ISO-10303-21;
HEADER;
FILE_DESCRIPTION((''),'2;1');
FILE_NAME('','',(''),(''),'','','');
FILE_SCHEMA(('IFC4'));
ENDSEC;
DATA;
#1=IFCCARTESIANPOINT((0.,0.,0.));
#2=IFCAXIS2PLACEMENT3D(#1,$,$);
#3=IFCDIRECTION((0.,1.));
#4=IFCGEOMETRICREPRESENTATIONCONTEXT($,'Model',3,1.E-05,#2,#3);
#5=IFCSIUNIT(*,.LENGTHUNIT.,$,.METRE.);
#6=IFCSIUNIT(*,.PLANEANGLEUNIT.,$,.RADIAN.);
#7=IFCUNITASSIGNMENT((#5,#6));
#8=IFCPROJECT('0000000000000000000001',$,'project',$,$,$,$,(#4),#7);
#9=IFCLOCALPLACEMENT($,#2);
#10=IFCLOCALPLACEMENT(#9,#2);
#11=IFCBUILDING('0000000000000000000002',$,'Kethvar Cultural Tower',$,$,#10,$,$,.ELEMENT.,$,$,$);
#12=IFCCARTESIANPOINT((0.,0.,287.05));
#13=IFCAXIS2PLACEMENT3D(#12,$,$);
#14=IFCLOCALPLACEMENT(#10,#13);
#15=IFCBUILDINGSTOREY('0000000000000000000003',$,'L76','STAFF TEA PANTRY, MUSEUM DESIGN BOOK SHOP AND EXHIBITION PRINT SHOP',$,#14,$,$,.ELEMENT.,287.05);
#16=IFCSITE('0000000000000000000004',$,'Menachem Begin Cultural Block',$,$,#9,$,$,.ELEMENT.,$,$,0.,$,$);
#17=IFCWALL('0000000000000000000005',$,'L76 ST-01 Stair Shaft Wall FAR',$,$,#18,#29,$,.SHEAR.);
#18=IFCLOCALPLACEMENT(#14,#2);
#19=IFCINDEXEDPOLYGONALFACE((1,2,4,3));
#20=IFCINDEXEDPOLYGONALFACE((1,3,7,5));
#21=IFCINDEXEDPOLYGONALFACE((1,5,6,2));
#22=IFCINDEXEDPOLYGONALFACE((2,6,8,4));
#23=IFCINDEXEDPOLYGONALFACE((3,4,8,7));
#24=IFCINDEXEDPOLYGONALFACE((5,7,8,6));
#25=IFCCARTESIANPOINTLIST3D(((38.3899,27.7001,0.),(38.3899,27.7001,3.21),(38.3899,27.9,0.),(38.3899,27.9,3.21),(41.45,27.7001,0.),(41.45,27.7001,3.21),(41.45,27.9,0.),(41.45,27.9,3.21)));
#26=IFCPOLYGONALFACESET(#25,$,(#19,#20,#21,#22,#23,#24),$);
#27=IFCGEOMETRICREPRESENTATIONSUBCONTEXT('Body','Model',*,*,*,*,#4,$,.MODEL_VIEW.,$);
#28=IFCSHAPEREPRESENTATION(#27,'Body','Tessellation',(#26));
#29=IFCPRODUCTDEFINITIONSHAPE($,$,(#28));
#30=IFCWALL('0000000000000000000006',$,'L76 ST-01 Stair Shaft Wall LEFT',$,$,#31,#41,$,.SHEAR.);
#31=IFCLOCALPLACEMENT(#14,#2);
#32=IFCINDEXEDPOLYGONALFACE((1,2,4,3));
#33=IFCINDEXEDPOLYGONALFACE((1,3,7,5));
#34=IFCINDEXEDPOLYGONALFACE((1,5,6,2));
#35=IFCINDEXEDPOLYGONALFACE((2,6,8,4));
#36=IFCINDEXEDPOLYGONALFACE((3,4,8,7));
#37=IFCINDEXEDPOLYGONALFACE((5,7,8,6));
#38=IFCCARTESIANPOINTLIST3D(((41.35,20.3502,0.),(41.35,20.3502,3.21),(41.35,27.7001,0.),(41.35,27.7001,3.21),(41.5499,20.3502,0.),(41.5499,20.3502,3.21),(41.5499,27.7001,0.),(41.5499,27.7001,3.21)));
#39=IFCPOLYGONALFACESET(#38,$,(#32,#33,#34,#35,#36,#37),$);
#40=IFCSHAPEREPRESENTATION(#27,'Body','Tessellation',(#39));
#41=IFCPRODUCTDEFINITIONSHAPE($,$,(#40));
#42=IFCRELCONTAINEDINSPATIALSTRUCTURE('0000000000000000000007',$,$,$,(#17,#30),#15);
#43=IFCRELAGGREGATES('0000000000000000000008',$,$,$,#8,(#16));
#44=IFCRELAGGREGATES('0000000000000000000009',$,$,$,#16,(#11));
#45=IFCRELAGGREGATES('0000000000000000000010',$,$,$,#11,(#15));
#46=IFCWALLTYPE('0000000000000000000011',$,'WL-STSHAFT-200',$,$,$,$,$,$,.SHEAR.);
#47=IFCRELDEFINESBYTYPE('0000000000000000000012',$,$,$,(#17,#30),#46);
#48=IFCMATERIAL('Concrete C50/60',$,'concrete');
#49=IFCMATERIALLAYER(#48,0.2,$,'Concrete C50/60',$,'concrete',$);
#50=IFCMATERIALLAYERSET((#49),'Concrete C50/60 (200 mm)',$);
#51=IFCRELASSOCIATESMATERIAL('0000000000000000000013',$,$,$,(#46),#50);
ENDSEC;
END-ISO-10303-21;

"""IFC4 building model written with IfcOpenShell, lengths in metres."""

from ifc_helpers import new_model, si_unit, direction, frame, frame_2d, origin, place, context, subcontext, project, spatial, rectangle, extrude, material, layer, layer_set, type_object, element, save


model = new_model("IFC4")

# Units and contexts
model_context = context("Model", 3, precision=1e-05, world=origin(), true_north=direction((0.0, 1.0)))
body_context = subcontext(model_context, "Body", "Model", "MODEL_VIEW")
ifc_project = project(units=[si_unit("LENGTHUNIT", "METRE"), si_unit("PLANEANGLEUNIT", "RADIAN")], contexts=[model_context])

# Site, building, storey
site_placement = place(None, origin())
site = spatial("IfcSite", under=ifc_project, at=site_placement, Name="Menachem Begin Cultural Block", CompositionType="ELEMENT", RefElevation=0.0)
building_placement = place(site_placement, origin())
building = spatial("IfcBuilding", under=site, at=building_placement, Name="Kethvar Cultural Tower", CompositionType="ELEMENT")
storey_placement = place(building_placement, frame((0.0, 0.0, 287.05)))
storey = spatial("IfcBuildingStorey", under=building, at=storey_placement, Name="L76", Description="STAFF TEA PANTRY, MUSEUM DESIGN BOOK SHOP AND EXHIBITION PRINT SHOP", CompositionType="ELEMENT", Elevation=287.05)

# Shared definitions
ifc_material_1 = material(Name="Concrete C50/60", Category="concrete")

# Walls
ifc_layer_1 = layer(ifc_material_1, 0.2, Name="Concrete C50/60", Category="concrete")
ifc_layer_set_1 = layer_set([ifc_layer_1], Name="Concrete C50/60 (200 mm)")
wall_type_1 = type_object("IfcWallType", Name="WL-STSHAFT-200", PredefinedType="SHEAR", material=ifc_layer_set_1)
wall_1_placement = place(storey_placement, frame((38.3899, 27.8, 0.0), z_axis=(0.0, 0.0, 1.0), x_axis=(1.0, 0.0, 0.0)))
element("IfcWall", 1, at=wall_1_placement, inside=storey, type_object=wall_type_1, Name="L76 ST-01 Stair Shaft Wall FAR", PredefinedType="SHEAR", context=body_context, shape_type="SweptSolid", body=[
    extrude(rectangle(XDim=3.0601, YDim=0.2, at=frame_2d((1.53, 0.0))), origin(), (0.0, 0.0, 1.0), 3.21),
])
wall_2_placement = place(storey_placement, frame((41.45, 27.7, 0.0), z_axis=(0.0, 0.0, 1.0), x_axis=(0.0, -1.0, 0.0)))
element("IfcWall", 2, at=wall_2_placement, inside=storey, type_object=wall_type_1, Name="L76 ST-01 Stair Shaft Wall LEFT", PredefinedType="SHEAR", context=body_context, shape_type="SweptSolid", body=[
    extrude(rectangle(XDim=7.3499, YDim=0.2, at=frame_2d((3.6748, 0.0))), origin(), (0.0, 0.0, 1.0), 3.21),
])

save(model, "model.ifc")
